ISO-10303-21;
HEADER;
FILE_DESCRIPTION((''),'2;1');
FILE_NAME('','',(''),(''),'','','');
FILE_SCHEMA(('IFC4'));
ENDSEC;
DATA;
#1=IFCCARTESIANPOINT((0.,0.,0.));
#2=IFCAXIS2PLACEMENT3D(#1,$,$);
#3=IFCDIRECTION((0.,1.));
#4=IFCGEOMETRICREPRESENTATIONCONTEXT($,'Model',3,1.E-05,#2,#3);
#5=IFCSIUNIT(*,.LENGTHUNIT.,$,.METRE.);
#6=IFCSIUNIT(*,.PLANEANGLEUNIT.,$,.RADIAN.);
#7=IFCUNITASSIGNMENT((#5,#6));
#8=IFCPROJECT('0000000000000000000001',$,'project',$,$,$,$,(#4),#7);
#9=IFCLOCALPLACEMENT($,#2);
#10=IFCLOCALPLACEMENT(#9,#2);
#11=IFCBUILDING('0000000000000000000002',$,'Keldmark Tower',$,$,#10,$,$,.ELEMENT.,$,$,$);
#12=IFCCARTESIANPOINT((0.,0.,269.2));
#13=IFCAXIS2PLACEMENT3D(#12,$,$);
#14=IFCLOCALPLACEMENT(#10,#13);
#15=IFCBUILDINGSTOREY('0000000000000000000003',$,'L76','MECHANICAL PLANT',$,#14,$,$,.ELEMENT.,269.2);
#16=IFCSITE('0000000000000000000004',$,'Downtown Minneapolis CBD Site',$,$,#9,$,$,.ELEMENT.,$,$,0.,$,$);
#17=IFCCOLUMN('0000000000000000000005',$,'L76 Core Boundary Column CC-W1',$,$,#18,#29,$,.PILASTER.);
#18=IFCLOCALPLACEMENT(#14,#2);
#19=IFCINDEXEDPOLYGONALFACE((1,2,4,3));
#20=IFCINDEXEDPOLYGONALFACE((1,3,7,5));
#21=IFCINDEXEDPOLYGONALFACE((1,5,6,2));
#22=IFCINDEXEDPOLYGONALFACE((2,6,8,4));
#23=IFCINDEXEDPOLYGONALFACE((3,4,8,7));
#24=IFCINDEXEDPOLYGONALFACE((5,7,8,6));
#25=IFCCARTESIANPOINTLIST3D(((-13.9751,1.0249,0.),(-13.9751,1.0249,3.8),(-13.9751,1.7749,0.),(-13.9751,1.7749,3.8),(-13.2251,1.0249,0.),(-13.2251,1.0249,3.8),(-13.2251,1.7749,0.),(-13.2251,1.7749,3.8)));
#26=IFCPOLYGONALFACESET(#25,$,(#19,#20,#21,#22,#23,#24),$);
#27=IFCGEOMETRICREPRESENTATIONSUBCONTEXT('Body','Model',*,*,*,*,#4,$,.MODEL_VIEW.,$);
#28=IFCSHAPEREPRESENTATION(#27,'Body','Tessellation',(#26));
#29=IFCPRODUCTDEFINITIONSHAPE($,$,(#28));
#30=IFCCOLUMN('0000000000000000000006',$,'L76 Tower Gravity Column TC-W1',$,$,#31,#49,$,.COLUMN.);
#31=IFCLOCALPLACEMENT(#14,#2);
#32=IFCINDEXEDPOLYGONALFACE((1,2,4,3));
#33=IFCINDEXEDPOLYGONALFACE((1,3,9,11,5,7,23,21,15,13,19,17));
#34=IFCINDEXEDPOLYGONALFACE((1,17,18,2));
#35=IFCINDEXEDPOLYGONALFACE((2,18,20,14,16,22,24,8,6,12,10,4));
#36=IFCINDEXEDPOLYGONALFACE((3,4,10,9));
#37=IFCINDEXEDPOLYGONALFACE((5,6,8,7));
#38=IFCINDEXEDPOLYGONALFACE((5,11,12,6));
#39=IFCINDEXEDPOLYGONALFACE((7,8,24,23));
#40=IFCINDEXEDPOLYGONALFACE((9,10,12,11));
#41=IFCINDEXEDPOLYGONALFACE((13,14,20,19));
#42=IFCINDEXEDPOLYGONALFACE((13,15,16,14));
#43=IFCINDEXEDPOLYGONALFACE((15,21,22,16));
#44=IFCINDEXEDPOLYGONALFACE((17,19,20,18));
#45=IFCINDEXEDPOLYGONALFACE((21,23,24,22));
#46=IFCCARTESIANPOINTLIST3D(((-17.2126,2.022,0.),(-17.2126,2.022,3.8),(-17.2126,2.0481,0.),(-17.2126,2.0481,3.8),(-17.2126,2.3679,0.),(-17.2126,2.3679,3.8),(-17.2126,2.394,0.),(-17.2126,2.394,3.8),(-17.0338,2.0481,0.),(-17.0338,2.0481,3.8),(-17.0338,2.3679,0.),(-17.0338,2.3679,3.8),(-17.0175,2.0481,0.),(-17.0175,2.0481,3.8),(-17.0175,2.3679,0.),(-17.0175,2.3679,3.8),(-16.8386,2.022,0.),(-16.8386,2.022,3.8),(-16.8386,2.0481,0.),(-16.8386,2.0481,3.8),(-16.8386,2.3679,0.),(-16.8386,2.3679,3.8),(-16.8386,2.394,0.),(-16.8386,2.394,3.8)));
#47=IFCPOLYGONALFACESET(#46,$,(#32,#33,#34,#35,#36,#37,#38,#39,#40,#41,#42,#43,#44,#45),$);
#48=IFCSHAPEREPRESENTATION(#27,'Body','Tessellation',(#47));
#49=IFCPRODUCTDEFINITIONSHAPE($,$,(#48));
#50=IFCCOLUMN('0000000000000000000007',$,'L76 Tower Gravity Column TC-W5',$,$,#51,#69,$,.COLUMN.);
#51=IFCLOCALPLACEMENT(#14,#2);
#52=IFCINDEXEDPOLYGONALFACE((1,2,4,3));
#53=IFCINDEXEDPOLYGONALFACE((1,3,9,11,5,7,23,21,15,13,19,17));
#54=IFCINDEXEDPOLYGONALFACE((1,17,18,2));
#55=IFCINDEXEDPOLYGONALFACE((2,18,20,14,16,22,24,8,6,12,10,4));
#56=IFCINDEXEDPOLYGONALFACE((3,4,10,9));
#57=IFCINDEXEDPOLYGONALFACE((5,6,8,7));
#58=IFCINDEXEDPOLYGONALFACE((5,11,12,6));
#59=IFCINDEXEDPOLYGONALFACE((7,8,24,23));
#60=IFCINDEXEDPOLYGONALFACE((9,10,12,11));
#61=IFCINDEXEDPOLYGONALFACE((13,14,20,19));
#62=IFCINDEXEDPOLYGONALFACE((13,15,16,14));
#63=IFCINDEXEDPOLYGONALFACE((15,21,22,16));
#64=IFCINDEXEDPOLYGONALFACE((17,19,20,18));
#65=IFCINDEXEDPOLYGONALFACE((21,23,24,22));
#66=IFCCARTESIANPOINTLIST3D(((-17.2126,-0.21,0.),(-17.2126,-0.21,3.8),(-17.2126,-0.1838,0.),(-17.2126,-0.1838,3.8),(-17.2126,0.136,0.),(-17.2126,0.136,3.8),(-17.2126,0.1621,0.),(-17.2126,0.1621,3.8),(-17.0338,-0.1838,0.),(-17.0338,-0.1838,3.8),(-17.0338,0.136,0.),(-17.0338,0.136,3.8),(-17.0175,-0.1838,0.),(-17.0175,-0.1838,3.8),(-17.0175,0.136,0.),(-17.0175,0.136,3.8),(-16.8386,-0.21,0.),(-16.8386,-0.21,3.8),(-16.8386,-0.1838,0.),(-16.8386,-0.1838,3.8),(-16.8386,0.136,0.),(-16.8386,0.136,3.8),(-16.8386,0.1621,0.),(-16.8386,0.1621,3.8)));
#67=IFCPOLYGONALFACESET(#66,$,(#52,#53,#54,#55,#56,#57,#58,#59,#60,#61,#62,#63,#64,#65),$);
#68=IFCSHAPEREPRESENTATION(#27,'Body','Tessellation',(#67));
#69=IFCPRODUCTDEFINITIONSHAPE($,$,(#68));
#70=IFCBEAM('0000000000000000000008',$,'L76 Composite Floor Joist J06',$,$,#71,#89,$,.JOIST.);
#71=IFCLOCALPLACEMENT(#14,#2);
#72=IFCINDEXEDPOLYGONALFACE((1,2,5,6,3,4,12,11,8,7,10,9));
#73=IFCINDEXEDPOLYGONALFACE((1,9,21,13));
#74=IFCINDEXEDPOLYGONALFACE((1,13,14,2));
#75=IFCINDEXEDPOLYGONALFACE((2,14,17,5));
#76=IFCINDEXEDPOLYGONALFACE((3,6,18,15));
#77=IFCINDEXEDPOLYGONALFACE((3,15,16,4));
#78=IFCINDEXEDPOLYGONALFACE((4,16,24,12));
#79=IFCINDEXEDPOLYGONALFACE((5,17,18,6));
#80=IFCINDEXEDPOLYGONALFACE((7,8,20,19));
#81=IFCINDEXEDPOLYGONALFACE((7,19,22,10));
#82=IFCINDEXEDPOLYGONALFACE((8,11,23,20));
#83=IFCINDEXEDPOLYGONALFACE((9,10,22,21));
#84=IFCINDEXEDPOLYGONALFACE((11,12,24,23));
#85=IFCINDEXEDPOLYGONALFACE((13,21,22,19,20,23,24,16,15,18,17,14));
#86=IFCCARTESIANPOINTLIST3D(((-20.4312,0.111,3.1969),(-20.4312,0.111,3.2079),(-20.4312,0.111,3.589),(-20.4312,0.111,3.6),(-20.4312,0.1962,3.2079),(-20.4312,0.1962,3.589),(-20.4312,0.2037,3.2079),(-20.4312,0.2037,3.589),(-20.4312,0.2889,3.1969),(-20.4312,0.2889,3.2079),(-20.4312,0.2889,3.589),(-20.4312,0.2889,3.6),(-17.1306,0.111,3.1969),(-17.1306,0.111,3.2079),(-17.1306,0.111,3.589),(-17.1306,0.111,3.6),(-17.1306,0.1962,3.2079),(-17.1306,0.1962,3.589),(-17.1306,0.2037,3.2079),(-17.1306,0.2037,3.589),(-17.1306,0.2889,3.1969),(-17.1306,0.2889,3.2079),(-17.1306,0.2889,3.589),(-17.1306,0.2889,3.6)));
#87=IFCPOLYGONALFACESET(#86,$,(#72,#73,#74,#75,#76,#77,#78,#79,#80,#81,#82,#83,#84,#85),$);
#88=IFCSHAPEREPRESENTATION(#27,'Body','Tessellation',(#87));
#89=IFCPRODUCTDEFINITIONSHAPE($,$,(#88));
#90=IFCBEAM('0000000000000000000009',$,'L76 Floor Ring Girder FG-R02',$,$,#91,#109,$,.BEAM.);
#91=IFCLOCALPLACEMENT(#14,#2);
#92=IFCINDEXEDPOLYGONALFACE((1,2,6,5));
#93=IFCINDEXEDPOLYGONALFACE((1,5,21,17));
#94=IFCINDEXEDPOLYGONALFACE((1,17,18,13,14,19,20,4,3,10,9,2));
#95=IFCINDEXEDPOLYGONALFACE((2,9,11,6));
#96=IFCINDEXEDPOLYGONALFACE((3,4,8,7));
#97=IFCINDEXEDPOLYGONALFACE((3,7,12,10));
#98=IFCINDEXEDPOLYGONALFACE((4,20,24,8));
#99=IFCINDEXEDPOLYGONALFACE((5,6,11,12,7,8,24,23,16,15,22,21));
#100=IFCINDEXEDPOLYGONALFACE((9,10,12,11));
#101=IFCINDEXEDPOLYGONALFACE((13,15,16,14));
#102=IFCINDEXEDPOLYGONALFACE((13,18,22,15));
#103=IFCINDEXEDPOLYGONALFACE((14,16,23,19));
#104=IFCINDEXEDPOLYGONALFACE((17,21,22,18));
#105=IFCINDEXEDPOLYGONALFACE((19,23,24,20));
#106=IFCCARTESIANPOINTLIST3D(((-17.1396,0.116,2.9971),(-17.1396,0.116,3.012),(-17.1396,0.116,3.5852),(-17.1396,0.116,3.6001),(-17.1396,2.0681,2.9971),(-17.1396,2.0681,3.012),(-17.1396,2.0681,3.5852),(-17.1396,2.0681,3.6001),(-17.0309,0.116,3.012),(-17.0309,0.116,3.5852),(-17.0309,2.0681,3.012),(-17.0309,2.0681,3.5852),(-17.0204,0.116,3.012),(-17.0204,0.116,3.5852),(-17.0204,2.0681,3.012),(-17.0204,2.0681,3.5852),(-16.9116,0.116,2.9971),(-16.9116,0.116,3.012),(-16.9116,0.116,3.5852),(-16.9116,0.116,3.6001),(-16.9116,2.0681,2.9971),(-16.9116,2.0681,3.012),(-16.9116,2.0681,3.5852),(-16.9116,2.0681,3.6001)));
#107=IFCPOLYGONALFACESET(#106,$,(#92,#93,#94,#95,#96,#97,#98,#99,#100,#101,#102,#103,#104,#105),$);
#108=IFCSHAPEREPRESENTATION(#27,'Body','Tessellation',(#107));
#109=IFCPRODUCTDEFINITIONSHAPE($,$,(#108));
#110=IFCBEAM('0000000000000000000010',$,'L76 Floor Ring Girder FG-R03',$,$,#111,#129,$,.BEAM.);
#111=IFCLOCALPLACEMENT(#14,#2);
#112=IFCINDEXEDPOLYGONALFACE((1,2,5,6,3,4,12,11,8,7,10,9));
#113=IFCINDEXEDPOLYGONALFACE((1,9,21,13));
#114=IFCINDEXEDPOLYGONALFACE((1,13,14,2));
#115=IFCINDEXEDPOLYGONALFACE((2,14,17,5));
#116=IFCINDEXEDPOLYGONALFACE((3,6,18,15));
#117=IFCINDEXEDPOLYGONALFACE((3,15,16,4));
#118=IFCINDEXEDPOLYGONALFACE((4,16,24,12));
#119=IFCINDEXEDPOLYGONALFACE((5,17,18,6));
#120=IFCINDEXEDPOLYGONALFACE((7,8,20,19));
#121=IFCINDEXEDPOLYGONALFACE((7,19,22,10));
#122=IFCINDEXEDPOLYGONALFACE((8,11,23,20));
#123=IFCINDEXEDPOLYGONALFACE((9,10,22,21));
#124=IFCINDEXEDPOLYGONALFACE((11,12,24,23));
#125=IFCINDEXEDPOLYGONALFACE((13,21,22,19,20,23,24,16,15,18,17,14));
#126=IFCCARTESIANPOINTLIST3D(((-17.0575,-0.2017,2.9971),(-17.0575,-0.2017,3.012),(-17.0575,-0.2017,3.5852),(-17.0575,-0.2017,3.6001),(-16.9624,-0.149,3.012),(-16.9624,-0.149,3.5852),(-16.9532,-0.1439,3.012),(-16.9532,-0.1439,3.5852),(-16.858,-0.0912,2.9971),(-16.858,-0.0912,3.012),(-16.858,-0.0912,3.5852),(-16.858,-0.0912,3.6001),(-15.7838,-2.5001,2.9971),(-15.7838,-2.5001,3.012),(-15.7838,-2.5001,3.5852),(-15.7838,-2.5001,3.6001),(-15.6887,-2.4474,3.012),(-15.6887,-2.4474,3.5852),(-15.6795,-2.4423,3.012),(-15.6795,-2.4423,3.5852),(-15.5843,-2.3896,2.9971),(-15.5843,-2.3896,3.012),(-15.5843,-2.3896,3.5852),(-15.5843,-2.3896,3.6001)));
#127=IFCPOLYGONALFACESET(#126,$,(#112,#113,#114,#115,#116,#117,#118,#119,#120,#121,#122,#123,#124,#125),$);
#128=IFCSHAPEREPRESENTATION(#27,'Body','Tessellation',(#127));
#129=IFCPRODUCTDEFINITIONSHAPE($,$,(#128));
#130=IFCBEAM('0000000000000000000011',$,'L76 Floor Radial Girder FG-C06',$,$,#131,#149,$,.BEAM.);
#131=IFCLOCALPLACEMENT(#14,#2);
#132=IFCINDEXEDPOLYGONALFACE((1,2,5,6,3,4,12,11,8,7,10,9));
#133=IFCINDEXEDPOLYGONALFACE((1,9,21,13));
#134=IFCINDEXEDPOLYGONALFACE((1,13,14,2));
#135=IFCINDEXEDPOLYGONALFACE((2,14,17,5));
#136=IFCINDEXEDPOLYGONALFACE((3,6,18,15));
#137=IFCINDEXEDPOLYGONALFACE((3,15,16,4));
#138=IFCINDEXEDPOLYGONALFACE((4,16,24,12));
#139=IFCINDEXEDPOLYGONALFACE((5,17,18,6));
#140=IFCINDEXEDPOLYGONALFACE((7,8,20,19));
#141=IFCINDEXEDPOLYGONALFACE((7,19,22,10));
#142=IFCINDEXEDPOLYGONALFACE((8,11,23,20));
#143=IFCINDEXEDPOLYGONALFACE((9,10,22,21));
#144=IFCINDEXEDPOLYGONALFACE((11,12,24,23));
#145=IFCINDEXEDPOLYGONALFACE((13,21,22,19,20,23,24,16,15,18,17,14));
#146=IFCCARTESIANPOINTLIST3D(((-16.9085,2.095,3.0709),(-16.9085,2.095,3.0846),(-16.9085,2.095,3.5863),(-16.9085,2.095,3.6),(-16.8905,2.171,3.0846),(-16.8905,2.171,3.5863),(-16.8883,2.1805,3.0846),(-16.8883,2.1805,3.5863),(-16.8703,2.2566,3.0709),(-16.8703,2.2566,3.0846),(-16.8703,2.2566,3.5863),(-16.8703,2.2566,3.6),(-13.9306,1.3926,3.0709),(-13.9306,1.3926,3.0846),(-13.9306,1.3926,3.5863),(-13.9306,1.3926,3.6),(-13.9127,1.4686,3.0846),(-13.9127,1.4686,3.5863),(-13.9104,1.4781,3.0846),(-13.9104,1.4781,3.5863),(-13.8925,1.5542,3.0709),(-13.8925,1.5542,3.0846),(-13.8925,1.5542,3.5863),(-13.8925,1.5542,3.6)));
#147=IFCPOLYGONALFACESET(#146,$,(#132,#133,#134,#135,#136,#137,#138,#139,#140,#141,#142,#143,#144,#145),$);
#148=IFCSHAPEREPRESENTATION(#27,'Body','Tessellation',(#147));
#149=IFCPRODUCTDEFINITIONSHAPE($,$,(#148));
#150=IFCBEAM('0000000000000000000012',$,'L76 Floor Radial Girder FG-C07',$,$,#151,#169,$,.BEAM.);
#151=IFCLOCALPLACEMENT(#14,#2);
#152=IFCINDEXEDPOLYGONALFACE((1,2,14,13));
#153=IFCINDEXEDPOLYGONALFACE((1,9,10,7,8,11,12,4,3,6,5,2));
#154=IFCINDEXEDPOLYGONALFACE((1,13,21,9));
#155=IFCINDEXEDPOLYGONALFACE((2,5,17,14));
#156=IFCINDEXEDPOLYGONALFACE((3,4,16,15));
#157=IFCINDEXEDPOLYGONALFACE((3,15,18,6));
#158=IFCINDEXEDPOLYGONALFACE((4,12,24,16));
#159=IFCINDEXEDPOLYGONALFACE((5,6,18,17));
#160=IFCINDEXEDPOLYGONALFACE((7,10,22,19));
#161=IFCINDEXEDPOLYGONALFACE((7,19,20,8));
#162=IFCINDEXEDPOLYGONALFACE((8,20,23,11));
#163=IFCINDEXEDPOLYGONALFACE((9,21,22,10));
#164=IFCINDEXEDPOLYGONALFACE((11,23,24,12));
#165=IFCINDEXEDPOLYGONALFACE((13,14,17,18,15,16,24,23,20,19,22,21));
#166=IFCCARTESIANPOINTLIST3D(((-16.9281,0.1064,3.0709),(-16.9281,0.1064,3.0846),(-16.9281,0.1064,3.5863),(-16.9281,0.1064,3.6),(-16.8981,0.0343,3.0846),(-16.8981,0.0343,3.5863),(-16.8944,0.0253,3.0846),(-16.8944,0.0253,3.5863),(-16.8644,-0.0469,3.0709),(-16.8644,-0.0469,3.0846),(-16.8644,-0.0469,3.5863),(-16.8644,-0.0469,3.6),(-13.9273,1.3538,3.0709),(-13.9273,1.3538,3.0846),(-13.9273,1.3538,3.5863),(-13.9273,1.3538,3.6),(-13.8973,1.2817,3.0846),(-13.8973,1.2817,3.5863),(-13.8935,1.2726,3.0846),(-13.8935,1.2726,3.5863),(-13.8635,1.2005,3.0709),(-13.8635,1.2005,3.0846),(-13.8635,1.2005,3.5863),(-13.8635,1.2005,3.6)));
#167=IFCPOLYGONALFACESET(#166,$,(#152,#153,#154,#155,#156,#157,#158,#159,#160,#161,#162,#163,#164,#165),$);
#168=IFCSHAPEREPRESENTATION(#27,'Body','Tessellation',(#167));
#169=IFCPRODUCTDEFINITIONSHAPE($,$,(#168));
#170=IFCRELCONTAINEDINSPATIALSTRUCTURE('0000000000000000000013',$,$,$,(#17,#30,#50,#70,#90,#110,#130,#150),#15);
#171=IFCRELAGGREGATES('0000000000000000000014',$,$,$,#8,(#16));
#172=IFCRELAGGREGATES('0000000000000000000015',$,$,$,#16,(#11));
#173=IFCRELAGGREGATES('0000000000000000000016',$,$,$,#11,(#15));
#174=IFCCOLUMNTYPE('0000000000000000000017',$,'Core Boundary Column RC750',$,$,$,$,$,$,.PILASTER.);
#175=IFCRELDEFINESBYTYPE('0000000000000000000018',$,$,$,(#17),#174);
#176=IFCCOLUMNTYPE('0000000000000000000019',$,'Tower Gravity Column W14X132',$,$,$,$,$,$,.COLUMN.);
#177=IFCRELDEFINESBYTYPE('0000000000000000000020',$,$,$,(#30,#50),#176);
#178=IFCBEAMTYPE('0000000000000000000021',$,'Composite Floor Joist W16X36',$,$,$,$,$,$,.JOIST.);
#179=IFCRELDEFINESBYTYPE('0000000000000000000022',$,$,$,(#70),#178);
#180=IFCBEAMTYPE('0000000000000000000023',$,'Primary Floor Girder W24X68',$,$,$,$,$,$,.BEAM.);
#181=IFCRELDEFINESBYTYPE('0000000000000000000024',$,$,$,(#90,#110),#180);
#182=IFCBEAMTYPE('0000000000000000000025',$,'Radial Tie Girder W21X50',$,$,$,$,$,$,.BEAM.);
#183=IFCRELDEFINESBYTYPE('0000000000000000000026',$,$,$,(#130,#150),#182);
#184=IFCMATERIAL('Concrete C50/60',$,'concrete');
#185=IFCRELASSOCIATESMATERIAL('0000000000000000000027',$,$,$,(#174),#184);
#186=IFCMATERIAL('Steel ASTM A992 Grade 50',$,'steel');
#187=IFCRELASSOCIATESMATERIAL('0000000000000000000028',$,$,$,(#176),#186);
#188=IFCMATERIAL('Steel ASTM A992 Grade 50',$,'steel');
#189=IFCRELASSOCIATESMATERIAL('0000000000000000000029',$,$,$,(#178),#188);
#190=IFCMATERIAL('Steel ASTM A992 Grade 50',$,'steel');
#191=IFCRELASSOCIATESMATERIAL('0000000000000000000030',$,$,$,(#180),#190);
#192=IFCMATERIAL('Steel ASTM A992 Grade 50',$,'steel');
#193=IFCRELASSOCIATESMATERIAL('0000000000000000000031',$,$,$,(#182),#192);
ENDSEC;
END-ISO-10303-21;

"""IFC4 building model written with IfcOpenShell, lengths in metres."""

from ifc_helpers import new_model, si_unit, direction, frame, origin, origin_2d, place, context, subcontext, project, spatial, rectangle, i_section, extrude, material, material_profile, profile_set, type_object, element, save


model = new_model("IFC4")

# Units and contexts
model_context = context("Model", 3, precision=1e-05, world=origin(), true_north=direction((0.0, 1.0)))
body_context = subcontext(model_context, "Body", "Model", "MODEL_VIEW")
ifc_project = project(units=[si_unit("LENGTHUNIT", "METRE"), si_unit("PLANEANGLEUNIT", "RADIAN")], contexts=[model_context])

# Site, building, storey
site_placement = place(None, origin())
site = spatial("IfcSite", under=ifc_project, at=site_placement, Name="Downtown Minneapolis CBD Site", CompositionType="ELEMENT", RefElevation=0.0)
building_placement = place(site_placement, origin())
building = spatial("IfcBuilding", under=site, at=building_placement, Name="Keldmark Tower", CompositionType="ELEMENT")
storey_placement = place(building_placement, frame((0.0, 0.0, 269.2)))
storey = spatial("IfcBuildingStorey", under=building, at=storey_placement, Name="L76", Description="MECHANICAL PLANT", CompositionType="ELEMENT", Elevation=269.2)

# Columns
ifc_material_1 = material(Name="Concrete C50/60", Category="concrete")
ifc_material_profile_1 = material_profile(ifc_material_1, rectangle(XDim=0.75, YDim=0.75, at=origin_2d()), Name="RC750X750")
ifc_profile_set_1 = profile_set([ifc_material_profile_1], Name="Concrete C50/60")
column_type_1 = type_object("IfcColumnType", Name="Core Boundary Column RC750", PredefinedType="PILASTER", material=ifc_profile_set_1)
column_placement = place(storey_placement, frame((-13.6001, 1.3999, 0.0), z_axis=(0.0, 0.0, 1.0), x_axis=(1.0, 0.0, 0.0)))
element("IfcColumn", 1, at=column_placement, inside=storey, type_object=column_type_1, Name="L76 Core Boundary Column CC-W1", PredefinedType="PILASTER", context=body_context, shape_type="SweptSolid", body=[
    extrude(rectangle(XDim=0.75, YDim=0.75, at=origin_2d()), origin(), (0.0, 0.0, 1.0), 3.8),
])
ifc_material_2 = material(Name="Steel ASTM A992 Grade 50", Category="steel")
ifc_material_profile_2 = material_profile(ifc_material_2, i_section(OverallWidth=0.374, OverallDepth=0.3721, WebThickness=0.0164, FlangeThickness=0.0261, at=origin_2d()), Name="W14X132")
ifc_profile_set_2 = profile_set([ifc_material_profile_2], Name="Steel ASTM A992 Grade 50")
column_type_2 = type_object("IfcColumnType", Name="Tower Gravity Column W14X132", PredefinedType="COLUMN", material=ifc_profile_set_2)
for number, where, z_axis, x_axis, name in (
    (2, (-17.0256, 2.208, 0.0), (0.0, 0.0, 1.0), (1.0, 0.0, 0.0), "L76 Tower Gravity Column TC-W1"),
    (3, (-17.0256, -0.0239, 0.0), (0.0, 0.0, 1.0), (1.0, 0.0, 0.0), "L76 Tower Gravity Column TC-W5"),
):
    element("IfcColumn", number, at=place(storey_placement, frame(where, z_axis=z_axis, x_axis=x_axis)), inside=storey, type_object=column_type_2, Name=name, PredefinedType="COLUMN", context=body_context, shape_type="SweptSolid", body=[
        extrude(i_section(OverallWidth=0.374, OverallDepth=0.3721, WebThickness=0.0164, FlangeThickness=0.0261, at=origin_2d()), origin(), (0.0, 0.0, 1.0), 3.8),
    ])

# Beams
ifc_material_3 = material(Name="Steel ASTM A992 Grade 50", Category="steel")
ifc_material_profile_3 = material_profile(ifc_material_3, i_section(OverallWidth=0.178, OverallDepth=0.4031, WebThickness=0.0076, FlangeThickness=0.011, at=origin_2d()), Name="W16X36")
ifc_profile_set_3 = profile_set([ifc_material_profile_3], Name="Steel ASTM A992 Grade 50")
beam_type_1 = type_object("IfcBeamType", Name="Composite Floor Joist W16X36", PredefinedType="JOIST", material=ifc_profile_set_3)
beam_1_placement = place(storey_placement, frame((-20.4312, 0.2, 3.3984), z_axis=(1.0, 0.0, 0.0), x_axis=(0.0, 1.0, 0.0)))
element("IfcBeam", 4, at=beam_1_placement, inside=storey, type_object=beam_type_1, Name="L76 Composite Floor Joist J06", PredefinedType="JOIST", context=body_context, shape_type="SweptSolid", body=[
    extrude(i_section(OverallWidth=0.178, OverallDepth=0.4031, WebThickness=0.0076, FlangeThickness=0.011, at=origin_2d()), origin(), (0.0, 0.0, 1.0), 3.3005),
])
ifc_material_4 = material(Name="Steel ASTM A992 Grade 50", Category="steel")
ifc_material_profile_4 = material_profile(ifc_material_4, i_section(OverallWidth=0.228, OverallDepth=0.603, WebThickness=0.0105, FlangeThickness=0.0149, at=origin_2d()), Name="W24X68")
ifc_profile_set_4 = profile_set([ifc_material_profile_4], Name="Steel ASTM A992 Grade 50")
beam_type_2 = type_object("IfcBeamType", Name="Primary Floor Girder W24X68", PredefinedType="BEAM", material=ifc_profile_set_4)
beam_2_placement = place(storey_placement, frame((-17.0256, 2.0681, 3.2986), z_axis=(0.0, -1.0, 0.0), x_axis=(1.0, 0.0, 0.0)))
element("IfcBeam", 5, at=beam_2_placement, inside=storey, type_object=beam_type_2, Name="L76 Floor Ring Girder FG-R02", PredefinedType="BEAM", context=body_context, shape_type="SweptSolid", body=[
    extrude(i_section(OverallWidth=0.228, OverallDepth=0.603, WebThickness=0.0105, FlangeThickness=0.0149, at=origin_2d()), origin(), (0.0, 0.0, 1.0), 1.9521),
])
beam_3_placement = place(storey_placement, frame((-16.9578, -0.1465, 3.2986), z_axis=(0.48472, -0.87467, 0.0), x_axis=(0.87467, 0.48472, 0.0)))
element("IfcBeam", 6, at=beam_3_placement, inside=storey, type_object=beam_type_2, Name="L76 Floor Ring Girder FG-R03", PredefinedType="BEAM", context=body_context, shape_type="SweptSolid", body=[
    extrude(i_section(OverallWidth=0.228, OverallDepth=0.603, WebThickness=0.0105, FlangeThickness=0.0149, at=origin_2d()), origin(), (0.0, 0.0, 1.0), 2.6277),
])
ifc_material_5 = material(Name="Steel ASTM A992 Grade 50", Category="steel")
ifc_material_profile_5 = material_profile(ifc_material_5, i_section(OverallWidth=0.166, OverallDepth=0.5291, WebThickness=0.0098, FlangeThickness=0.0137, at=origin_2d()), Name="W21X50")
ifc_profile_set_5 = profile_set([ifc_material_profile_5], Name="Steel ASTM A992 Grade 50")
beam_type_3 = type_object("IfcBeamType", Name="Radial Tie Girder W21X50", PredefinedType="BEAM", material=ifc_profile_set_5)
beam_4_placement = place(storey_placement, frame((-16.8894, 2.1758, 3.3354), z_axis=(0.97329, -0.229577, 0.0), x_axis=(0.229577, 0.97329, 0.0)))
element("IfcBeam", 7, at=beam_4_placement, inside=storey, type_object=beam_type_3, Name="L76 Floor Radial Girder FG-C06", PredefinedType="BEAM", context=body_context, shape_type="SweptSolid", body=[
    extrude(i_section(OverallWidth=0.166, OverallDepth=0.5291, WebThickness=0.0098, FlangeThickness=0.0137, at=origin_2d()), origin(), (0.0, 0.0, 1.0), 3.0596),
])
beam_5_placement = place(storey_placement, frame((-16.8962, 0.0298, 3.3354), z_axis=(0.923403, 0.383831, 0.0), x_axis=(-0.383831, 0.923403, 0.0)))
element("IfcBeam", 8, at=beam_5_placement, inside=storey, type_object=beam_type_3, Name="L76 Floor Radial Girder FG-C07", PredefinedType="BEAM", context=body_context, shape_type="SweptSolid", body=[
    extrude(i_section(OverallWidth=0.166, OverallDepth=0.5291, WebThickness=0.0098, FlangeThickness=0.0137, at=origin_2d()), origin(), (0.0, 0.0, 1.0), 3.2498),
])

save(model, "model.ifc")
